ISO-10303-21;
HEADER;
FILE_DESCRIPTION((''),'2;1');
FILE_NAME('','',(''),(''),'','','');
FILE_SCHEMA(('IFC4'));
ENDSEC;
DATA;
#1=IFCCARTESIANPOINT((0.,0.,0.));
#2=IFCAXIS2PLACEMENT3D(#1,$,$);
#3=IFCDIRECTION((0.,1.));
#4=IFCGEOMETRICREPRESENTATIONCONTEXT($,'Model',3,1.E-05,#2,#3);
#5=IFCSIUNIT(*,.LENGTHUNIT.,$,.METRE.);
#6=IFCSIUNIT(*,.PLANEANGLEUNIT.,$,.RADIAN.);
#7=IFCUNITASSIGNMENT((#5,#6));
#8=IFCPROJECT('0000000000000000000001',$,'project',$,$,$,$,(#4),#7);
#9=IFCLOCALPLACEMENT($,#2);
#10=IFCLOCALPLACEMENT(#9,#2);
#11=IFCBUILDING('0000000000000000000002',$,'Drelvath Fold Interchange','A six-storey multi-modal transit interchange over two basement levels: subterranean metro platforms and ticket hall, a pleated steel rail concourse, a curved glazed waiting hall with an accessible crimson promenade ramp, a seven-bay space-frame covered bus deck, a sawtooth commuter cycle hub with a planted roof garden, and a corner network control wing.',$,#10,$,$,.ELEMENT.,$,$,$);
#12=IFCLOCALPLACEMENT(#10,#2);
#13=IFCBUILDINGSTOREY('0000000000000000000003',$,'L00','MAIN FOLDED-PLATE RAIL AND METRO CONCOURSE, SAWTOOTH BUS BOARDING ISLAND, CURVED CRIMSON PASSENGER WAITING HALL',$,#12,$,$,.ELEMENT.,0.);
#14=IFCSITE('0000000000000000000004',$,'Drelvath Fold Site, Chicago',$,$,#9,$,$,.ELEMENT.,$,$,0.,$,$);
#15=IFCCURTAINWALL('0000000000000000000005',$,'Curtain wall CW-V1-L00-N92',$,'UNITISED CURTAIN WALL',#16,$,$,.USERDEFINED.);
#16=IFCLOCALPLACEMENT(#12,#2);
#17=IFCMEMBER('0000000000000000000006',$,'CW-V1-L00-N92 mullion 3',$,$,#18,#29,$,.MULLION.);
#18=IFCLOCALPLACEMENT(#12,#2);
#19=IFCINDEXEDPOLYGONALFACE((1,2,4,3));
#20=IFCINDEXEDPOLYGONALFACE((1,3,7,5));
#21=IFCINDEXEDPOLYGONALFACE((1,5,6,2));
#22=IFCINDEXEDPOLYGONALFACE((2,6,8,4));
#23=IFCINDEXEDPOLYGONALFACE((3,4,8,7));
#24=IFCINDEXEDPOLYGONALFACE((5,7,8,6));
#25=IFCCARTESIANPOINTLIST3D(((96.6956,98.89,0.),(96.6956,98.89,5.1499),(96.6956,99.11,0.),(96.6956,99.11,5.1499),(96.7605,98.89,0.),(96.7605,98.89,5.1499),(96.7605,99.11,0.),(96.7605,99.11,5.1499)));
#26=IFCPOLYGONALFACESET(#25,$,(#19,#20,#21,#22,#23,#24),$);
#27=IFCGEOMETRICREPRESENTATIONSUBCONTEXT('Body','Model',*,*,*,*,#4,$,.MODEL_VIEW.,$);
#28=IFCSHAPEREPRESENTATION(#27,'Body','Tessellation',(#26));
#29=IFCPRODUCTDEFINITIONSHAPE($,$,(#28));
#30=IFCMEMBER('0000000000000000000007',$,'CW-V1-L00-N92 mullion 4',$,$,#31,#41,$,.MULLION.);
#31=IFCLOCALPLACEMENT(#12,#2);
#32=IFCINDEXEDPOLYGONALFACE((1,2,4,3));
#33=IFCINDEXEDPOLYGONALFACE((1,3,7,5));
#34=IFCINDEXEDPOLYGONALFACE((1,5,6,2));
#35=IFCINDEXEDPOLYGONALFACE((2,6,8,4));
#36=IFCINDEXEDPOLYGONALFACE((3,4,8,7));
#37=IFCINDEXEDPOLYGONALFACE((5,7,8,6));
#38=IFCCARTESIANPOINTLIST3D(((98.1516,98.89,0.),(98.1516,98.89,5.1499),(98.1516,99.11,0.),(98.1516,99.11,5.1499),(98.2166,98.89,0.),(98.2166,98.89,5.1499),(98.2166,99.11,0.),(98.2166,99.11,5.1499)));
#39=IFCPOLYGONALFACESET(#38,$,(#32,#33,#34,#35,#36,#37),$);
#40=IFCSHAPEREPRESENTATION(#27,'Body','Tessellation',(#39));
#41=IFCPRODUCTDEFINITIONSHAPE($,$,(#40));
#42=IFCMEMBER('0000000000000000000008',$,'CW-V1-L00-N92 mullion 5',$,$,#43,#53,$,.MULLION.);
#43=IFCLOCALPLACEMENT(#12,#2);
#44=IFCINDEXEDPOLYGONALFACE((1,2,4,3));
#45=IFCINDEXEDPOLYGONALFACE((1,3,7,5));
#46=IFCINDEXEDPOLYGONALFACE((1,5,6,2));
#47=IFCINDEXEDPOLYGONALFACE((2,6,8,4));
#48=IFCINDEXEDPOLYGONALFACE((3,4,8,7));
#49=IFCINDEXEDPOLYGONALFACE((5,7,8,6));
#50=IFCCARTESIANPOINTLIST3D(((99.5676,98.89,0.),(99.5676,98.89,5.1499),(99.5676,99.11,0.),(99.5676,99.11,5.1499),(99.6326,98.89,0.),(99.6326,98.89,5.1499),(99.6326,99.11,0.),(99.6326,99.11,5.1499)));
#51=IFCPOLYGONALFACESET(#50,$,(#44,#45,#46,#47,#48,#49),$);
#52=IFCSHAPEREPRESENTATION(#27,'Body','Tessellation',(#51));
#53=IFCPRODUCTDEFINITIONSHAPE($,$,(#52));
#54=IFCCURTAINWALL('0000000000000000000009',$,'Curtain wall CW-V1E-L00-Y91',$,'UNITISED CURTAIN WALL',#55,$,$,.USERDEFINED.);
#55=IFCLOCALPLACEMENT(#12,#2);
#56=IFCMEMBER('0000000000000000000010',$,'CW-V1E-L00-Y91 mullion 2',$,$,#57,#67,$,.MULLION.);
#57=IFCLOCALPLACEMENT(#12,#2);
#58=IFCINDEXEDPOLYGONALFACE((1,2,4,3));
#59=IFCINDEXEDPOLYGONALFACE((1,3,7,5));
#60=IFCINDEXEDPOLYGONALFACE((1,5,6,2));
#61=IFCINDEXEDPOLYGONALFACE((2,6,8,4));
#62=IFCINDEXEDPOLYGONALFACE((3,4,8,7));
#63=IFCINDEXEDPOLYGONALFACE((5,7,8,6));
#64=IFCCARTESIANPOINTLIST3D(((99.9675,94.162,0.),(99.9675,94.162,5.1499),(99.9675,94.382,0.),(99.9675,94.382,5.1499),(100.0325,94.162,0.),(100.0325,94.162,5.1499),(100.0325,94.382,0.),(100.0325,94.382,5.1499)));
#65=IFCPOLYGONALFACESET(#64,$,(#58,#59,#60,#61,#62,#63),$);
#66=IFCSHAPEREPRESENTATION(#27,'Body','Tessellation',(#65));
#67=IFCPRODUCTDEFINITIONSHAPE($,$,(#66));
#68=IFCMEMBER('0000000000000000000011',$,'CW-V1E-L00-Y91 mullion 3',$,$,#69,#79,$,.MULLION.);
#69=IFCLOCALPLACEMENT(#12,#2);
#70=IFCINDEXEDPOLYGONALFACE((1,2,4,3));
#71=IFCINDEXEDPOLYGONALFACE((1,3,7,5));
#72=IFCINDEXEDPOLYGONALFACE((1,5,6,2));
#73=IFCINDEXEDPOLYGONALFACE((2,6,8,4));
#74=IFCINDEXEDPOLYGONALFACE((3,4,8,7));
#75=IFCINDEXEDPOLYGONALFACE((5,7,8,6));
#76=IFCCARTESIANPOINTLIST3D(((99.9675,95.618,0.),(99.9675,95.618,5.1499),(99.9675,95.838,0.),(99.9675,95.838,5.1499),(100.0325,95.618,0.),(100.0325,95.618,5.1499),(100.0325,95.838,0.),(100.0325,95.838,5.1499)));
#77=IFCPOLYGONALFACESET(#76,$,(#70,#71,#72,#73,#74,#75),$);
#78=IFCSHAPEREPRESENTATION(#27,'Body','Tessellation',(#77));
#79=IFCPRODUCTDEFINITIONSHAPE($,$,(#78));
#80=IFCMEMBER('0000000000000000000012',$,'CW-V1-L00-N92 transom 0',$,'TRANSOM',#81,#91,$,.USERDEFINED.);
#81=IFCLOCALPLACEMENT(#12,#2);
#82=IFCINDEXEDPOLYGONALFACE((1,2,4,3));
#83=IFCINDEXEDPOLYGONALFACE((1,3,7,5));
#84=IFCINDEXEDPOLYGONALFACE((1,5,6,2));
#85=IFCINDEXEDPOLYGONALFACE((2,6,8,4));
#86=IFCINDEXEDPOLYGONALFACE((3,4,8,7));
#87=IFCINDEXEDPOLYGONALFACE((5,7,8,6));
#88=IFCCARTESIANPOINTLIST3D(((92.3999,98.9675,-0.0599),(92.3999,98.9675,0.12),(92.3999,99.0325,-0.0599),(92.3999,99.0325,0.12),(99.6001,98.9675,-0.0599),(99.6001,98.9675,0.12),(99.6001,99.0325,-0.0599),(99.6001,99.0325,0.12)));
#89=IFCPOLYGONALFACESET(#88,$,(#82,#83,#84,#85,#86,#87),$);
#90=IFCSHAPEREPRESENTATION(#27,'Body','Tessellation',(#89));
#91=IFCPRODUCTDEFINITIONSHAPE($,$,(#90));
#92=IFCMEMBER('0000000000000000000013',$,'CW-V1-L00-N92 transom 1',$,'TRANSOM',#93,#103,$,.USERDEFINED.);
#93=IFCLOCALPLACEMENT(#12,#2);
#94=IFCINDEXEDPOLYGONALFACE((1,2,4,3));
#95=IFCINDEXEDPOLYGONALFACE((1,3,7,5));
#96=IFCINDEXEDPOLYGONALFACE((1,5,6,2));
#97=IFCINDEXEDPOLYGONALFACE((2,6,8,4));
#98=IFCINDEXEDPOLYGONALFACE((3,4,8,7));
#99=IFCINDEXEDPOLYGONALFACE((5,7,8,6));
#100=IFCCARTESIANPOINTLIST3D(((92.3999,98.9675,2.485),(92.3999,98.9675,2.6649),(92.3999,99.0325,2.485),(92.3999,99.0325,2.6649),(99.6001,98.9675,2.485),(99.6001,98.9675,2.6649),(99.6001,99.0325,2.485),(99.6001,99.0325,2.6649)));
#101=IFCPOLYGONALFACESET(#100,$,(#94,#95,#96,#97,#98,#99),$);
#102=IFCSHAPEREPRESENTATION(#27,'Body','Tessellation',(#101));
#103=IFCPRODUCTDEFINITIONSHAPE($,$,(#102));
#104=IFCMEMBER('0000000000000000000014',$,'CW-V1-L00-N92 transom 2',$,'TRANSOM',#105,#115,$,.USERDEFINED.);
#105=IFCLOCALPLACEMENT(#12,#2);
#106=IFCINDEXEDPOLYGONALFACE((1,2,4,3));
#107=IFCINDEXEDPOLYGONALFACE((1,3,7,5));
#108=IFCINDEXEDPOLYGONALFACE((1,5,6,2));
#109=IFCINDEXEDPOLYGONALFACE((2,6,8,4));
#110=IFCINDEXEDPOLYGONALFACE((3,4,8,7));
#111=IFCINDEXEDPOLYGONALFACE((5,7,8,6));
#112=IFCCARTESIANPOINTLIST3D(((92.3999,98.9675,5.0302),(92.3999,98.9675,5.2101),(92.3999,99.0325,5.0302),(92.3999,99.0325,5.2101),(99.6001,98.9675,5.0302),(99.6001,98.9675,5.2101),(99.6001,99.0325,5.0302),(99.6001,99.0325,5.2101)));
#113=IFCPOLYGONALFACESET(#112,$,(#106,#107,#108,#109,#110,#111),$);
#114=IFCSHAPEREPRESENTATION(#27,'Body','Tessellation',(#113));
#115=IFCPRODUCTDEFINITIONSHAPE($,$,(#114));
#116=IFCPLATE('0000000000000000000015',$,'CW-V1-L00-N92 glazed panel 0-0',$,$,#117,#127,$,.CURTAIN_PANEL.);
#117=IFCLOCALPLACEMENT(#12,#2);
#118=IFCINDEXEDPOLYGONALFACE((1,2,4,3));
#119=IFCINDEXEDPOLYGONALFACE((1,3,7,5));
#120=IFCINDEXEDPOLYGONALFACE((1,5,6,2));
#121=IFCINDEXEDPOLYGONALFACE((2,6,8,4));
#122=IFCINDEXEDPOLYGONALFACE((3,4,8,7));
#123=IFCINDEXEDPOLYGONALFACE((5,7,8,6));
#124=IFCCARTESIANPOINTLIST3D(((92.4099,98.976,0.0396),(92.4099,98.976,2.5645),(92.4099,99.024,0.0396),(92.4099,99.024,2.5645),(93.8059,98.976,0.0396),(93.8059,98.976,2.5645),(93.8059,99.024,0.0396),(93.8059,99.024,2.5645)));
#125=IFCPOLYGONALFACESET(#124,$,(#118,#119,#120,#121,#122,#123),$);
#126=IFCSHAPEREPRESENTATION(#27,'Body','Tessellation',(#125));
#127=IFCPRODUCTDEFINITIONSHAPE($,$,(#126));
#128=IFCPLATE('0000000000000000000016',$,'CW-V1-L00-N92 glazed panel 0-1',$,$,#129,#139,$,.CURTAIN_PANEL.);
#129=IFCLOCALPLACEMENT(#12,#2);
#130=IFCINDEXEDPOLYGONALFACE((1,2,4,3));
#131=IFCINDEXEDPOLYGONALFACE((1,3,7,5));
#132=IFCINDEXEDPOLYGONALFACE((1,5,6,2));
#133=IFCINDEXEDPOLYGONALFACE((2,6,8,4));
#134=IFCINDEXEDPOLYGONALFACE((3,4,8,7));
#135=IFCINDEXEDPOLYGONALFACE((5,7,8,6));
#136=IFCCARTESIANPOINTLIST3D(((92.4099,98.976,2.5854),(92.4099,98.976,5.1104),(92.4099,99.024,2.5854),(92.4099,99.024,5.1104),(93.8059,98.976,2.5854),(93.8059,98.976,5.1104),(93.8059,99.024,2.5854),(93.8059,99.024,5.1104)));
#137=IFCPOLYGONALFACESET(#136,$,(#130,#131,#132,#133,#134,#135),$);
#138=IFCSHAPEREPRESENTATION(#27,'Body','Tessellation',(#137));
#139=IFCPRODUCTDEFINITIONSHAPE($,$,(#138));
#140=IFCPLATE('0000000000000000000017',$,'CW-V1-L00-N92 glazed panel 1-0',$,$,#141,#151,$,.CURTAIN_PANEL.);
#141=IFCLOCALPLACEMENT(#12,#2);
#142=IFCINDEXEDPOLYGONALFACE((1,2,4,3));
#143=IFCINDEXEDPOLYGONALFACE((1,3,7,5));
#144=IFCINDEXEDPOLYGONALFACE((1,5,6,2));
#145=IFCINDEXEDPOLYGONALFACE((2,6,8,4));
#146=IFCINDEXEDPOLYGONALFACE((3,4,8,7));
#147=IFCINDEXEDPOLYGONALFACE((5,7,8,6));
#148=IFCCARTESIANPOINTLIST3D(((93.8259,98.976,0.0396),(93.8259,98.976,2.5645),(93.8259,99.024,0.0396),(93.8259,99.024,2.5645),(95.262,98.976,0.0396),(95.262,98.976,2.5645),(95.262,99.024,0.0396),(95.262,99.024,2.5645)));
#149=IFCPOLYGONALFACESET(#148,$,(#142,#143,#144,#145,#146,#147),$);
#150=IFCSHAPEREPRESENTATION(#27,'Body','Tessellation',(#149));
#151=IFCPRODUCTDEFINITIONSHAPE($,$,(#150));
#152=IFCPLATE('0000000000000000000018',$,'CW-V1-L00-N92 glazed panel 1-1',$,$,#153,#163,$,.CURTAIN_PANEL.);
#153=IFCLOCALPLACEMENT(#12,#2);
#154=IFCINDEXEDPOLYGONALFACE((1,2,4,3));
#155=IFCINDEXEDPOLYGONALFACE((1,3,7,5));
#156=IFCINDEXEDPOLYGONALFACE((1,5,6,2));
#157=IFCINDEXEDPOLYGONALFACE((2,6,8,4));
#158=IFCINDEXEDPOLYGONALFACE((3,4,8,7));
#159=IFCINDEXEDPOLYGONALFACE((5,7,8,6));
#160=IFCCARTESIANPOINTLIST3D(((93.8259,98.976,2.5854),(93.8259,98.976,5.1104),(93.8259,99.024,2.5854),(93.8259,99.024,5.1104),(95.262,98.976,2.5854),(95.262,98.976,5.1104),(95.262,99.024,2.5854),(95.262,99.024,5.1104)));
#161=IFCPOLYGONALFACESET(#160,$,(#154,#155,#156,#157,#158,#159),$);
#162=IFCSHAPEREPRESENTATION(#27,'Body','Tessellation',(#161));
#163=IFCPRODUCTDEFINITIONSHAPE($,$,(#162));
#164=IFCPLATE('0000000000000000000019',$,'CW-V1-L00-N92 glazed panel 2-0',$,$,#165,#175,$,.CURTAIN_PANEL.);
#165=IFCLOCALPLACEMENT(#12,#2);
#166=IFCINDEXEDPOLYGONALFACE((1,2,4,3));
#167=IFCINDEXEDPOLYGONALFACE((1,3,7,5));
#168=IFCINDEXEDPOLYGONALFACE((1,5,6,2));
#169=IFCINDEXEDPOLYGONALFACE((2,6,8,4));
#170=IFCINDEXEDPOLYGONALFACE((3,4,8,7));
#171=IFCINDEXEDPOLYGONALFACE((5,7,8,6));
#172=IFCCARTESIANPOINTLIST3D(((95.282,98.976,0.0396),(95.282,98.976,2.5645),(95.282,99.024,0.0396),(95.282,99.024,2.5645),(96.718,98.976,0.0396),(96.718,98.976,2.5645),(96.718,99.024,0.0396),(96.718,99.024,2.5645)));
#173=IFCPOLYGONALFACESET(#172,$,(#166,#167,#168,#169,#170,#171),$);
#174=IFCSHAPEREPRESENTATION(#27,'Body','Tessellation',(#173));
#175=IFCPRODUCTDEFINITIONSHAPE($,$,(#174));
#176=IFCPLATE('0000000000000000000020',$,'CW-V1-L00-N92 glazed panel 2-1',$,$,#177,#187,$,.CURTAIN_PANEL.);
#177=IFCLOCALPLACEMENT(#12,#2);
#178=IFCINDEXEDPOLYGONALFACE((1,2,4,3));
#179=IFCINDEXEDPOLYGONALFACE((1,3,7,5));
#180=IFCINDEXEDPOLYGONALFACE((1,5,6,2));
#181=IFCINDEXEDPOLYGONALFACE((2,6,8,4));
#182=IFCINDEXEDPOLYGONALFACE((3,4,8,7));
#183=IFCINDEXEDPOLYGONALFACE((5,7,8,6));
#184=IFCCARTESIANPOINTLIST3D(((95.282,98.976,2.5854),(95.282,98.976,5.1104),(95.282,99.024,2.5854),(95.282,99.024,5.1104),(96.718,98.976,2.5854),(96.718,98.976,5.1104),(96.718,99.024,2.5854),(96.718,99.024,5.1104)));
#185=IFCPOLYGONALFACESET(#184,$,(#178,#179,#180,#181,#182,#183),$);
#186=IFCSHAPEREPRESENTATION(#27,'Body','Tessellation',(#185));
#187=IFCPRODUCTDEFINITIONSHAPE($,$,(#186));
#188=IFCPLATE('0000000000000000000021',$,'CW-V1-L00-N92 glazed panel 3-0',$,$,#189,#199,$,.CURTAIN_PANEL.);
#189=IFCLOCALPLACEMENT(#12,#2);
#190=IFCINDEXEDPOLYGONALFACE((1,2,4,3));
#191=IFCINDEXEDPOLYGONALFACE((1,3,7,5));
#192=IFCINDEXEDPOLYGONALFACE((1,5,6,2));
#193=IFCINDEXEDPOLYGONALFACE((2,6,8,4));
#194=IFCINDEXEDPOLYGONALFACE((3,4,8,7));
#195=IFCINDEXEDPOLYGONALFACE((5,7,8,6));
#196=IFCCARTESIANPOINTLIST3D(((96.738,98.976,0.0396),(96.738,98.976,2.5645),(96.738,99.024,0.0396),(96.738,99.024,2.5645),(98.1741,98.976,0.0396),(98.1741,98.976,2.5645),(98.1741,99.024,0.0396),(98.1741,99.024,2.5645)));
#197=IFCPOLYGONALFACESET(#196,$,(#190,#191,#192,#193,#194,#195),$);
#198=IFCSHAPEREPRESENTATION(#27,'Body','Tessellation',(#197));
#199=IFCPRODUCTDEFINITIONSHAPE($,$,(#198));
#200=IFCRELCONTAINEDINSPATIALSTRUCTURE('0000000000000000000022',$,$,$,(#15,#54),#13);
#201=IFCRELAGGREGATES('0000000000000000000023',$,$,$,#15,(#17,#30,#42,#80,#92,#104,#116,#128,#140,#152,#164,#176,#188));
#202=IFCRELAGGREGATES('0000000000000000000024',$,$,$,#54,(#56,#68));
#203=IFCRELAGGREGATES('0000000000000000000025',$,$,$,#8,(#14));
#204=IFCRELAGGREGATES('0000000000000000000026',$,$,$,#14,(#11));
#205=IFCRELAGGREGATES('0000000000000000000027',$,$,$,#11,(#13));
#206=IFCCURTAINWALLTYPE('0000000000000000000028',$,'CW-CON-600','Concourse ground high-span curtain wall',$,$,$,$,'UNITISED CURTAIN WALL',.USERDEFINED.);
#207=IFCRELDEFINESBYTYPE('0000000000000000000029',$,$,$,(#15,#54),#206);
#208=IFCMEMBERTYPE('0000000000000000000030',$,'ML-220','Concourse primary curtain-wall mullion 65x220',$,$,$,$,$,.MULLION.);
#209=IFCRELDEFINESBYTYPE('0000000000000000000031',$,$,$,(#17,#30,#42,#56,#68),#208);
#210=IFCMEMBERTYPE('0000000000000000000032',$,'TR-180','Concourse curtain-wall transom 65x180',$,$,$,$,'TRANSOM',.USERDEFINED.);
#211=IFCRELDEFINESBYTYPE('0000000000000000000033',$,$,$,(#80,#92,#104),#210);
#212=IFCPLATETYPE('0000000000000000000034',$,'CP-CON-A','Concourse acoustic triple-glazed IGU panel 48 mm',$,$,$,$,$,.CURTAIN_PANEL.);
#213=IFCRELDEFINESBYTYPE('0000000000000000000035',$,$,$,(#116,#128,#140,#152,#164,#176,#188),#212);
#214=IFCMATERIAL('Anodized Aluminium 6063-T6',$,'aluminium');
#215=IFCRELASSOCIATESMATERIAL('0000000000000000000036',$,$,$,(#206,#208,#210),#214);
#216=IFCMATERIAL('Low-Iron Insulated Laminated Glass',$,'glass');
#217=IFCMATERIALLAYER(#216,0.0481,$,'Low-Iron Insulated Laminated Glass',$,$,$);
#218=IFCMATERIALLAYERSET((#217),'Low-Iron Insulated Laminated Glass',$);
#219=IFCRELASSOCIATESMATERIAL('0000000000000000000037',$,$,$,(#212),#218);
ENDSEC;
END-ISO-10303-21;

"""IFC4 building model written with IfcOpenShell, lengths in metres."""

from ifc_helpers import new_model, si_unit, direction, frame, origin, origin_2d, place, context, subcontext, project, spatial, rectangle, extrude, material, layer, layer_set, material_profile, profile_set, type_object, element, aggregate, save


model = new_model("IFC4")

# Units and contexts
model_context = context("Model", 3, precision=1e-05, world=origin(), true_north=direction((0.0, 1.0)))
body_context = subcontext(model_context, "Body", "Model", "MODEL_VIEW")
ifc_project = project(units=[si_unit("LENGTHUNIT", "METRE"), si_unit("PLANEANGLEUNIT", "RADIAN")], contexts=[model_context])

# Site, building, storey
site_placement = place(None, origin())
site = spatial("IfcSite", under=ifc_project, at=site_placement, Name="Drelvath Fold Site, Chicago", CompositionType="ELEMENT", RefElevation=0.0)
building_placement = place(site_placement, origin())
building = spatial("IfcBuilding", under=site, at=building_placement, Name="Drelvath Fold Interchange", Description="A six-storey multi-modal transit interchange over two basement levels: subterranean metro platforms and ticket hall, a pleated steel rail concourse, a curved glazed waiting hall with an accessible crimson promenade ramp, a seven-bay space-frame covered bus deck, a sawtooth commuter cycle hub with a planted roof garden, and a corner network control wing.", CompositionType="ELEMENT")
storey_placement = place(building_placement, origin())
storey = spatial("IfcBuildingStorey", under=building, at=storey_placement, Name="L00", Description="MAIN FOLDED-PLATE RAIL AND METRO CONCOURSE, SAWTOOTH BUS BOARDING ISLAND, CURVED CRIMSON PASSENGER WAITING HALL", CompositionType="ELEMENT", Elevation=0.0)

# Curtain walls, members
ifc_material_1 = material(Name="Anodized Aluminium 6063-T6", Category="aluminium")
curtain_wall_type = type_object("IfcCurtainWallType", Name="CW-CON-600", Description="Concourse ground high-span curtain wall", ElementType="UNITISED CURTAIN WALL", PredefinedType="USERDEFINED", material=ifc_material_1)
curtain_wall_1_placement = place(storey_placement, origin())
curtain_wall_1 = element("IfcCurtainWall", 1, at=curtain_wall_1_placement, inside=storey, type_object=curtain_wall_type, Name="Curtain wall CW-V1-L00-N92", ObjectType="UNITISED CURTAIN WALL", PredefinedType="USERDEFINED")
ifc_material_profile_1 = material_profile(ifc_material_1, rectangle(XDim=0.0649, YDim=0.22, at=origin_2d()), Name="AL-M 65x220")
ifc_profile_set_1 = profile_set([ifc_material_profile_1], Name="Anodized Aluminium 6063-T6")
member_type_1 = type_object("IfcMemberType", Name="ML-220", Description="Concourse primary curtain-wall mullion 65x220", PredefinedType="MULLION", material=ifc_profile_set_1)
member_1_placement = place(storey_placement, frame((96.728, 99.0, 0.0), z_axis=(0.0, 0.0, 1.0), x_axis=(1.0, 0.0, 0.0)))
member_1 = element("IfcMember", 2, at=member_1_placement, type_object=member_type_1, Name="CW-V1-L00-N92 mullion 3", PredefinedType="MULLION", context=body_context, shape_type="SweptSolid", body=[
    extrude(rectangle(XDim=0.0649, YDim=0.22, at=origin_2d()), origin(), (0.0, 0.0, 1.0), 5.1499),
])
member_2_placement = place(storey_placement, frame((98.1841, 99.0, 0.0), z_axis=(0.0, 0.0, 1.0), x_axis=(1.0, 0.0, 0.0)))
member_2 = element("IfcMember", 3, at=member_2_placement, type_object=member_type_1, Name="CW-V1-L00-N92 mullion 4", PredefinedType="MULLION", context=body_context, shape_type="SweptSolid", body=[
    extrude(rectangle(XDim=0.0649, YDim=0.22, at=origin_2d()), origin(), (0.0, 0.0, 1.0), 5.1499),
])
member_3_placement = place(storey_placement, frame((99.6001, 99.0, 0.0), z_axis=(0.0, 0.0, 1.0), x_axis=(1.0, 0.0, 0.0)))
member_3 = element("IfcMember", 4, at=member_3_placement, type_object=member_type_1, Name="CW-V1-L00-N92 mullion 5", PredefinedType="MULLION", context=body_context, shape_type="SweptSolid", body=[
    extrude(rectangle(XDim=0.0649, YDim=0.22, at=origin_2d()), origin(), (0.0, 0.0, 1.0), 5.1499),
])
curtain_wall_2_placement = place(storey_placement, origin())
curtain_wall_2 = element("IfcCurtainWall", 5, at=curtain_wall_2_placement, inside=storey, type_object=curtain_wall_type, Name="Curtain wall CW-V1E-L00-Y91", ObjectType="UNITISED CURTAIN WALL", PredefinedType="USERDEFINED")
member_4_placement = place(storey_placement, frame((100.0, 94.272, 0.0), z_axis=(0.0, 0.0, 1.0), x_axis=(1.0, 0.0, 0.0)))
member_4 = element("IfcMember", 6, at=member_4_placement, type_object=member_type_1, Name="CW-V1E-L00-Y91 mullion 2", PredefinedType="MULLION", context=body_context, shape_type="SweptSolid", body=[
    extrude(rectangle(XDim=0.0649, YDim=0.22, at=origin_2d()), origin(), (0.0, 0.0, 1.0), 5.1499),
])
member_5_placement = place(storey_placement, frame((100.0, 95.728, 0.0), z_axis=(0.0, 0.0, 1.0), x_axis=(1.0, 0.0, 0.0)))
member_5 = element("IfcMember", 7, at=member_5_placement, type_object=member_type_1, Name="CW-V1E-L00-Y91 mullion 3", PredefinedType="MULLION", context=body_context, shape_type="SweptSolid", body=[
    extrude(rectangle(XDim=0.0649, YDim=0.22, at=origin_2d()), origin(), (0.0, 0.0, 1.0), 5.1499),
])

# Members
ifc_material_profile_2 = material_profile(ifc_material_1, rectangle(XDim=0.0649, YDim=0.1799, at=origin_2d()), Name="AL-T 65x180")
ifc_profile_set_2 = profile_set([ifc_material_profile_2], Name="Anodized Aluminium 6063-T6")
member_type_2 = type_object("IfcMemberType", Name="TR-180", Description="Concourse curtain-wall transom 65x180", ElementType="TRANSOM", PredefinedType="USERDEFINED", material=ifc_profile_set_2)
member_6_placement = place(storey_placement, frame((92.3999, 99.0, 0.03), z_axis=(1.0, 0.0, 0.0), x_axis=(0.0, 1.0, 0.0)))
member_6 = element("IfcMember", 8, at=member_6_placement, type_object=member_type_2, Name="CW-V1-L00-N92 transom 0", ObjectType="TRANSOM", PredefinedType="USERDEFINED", context=body_context, shape_type="SweptSolid", body=[
    extrude(rectangle(XDim=0.0649, YDim=0.1799, at=origin_2d()), origin(), (0.0, 0.0, 1.0), 7.2002),
])
member_7_placement = place(storey_placement, frame((92.3999, 99.0, 2.575), z_axis=(1.0, 0.0, 0.0), x_axis=(0.0, 1.0, 0.0)))
member_7 = element("IfcMember", 9, at=member_7_placement, type_object=member_type_2, Name="CW-V1-L00-N92 transom 1", ObjectType="TRANSOM", PredefinedType="USERDEFINED", context=body_context, shape_type="SweptSolid", body=[
    extrude(rectangle(XDim=0.0649, YDim=0.1799, at=origin_2d()), origin(), (0.0, 0.0, 1.0), 7.2002),
])
member_8_placement = place(storey_placement, frame((92.3999, 99.0, 5.1201), z_axis=(1.0, 0.0, 0.0), x_axis=(0.0, 1.0, 0.0)))
member_8 = element("IfcMember", 10, at=member_8_placement, type_object=member_type_2, Name="CW-V1-L00-N92 transom 2", ObjectType="TRANSOM", PredefinedType="USERDEFINED", context=body_context, shape_type="SweptSolid", body=[
    extrude(rectangle(XDim=0.0649, YDim=0.1799, at=origin_2d()), origin(), (0.0, 0.0, 1.0), 7.2002),
])

# Plates
ifc_material_2 = material(Name="Low-Iron Insulated Laminated Glass", Category="glass")
ifc_layer_1 = layer(ifc_material_2, 0.0481, Name="Low-Iron Insulated Laminated Glass")
ifc_layer_set_1 = layer_set([ifc_layer_1], Name="Low-Iron Insulated Laminated Glass")
plate_type = type_object("IfcPlateType", Name="CP-CON-A", Description="Concourse acoustic triple-glazed IGU panel 48 mm", PredefinedType="CURTAIN_PANEL", material=ifc_layer_set_1)
plate_1_placement = place(storey_placement, frame((93.1079, 99.0, 0.0396), z_axis=(0.0, 0.0, 1.0), x_axis=(1.0, 0.0, 0.0)))
plate_1 = element("IfcPlate", 11, at=plate_1_placement, type_object=plate_type, Name="CW-V1-L00-N92 glazed panel 0-0", PredefinedType="CURTAIN_PANEL", context=body_context, shape_type="SweptSolid", body=[
    extrude(rectangle(XDim=1.396, YDim=0.0481, at=origin_2d()), origin(), (0.0, 0.0, 1.0), 2.5249),
])
plate_2_placement = place(storey_placement, frame((93.1079, 99.0, 2.5854), z_axis=(0.0, 0.0, 1.0), x_axis=(1.0, 0.0, 0.0)))
plate_2 = element("IfcPlate", 12, at=plate_2_placement, type_object=plate_type, Name="CW-V1-L00-N92 glazed panel 0-1", PredefinedType="CURTAIN_PANEL", context=body_context, shape_type="SweptSolid", body=[
    extrude(rectangle(XDim=1.396, YDim=0.0481, at=origin_2d()), origin(), (0.0, 0.0, 1.0), 2.5249),
])
plate_3_placement = place(storey_placement, frame((94.5439, 99.0, 0.0396), z_axis=(0.0, 0.0, 1.0), x_axis=(1.0, 0.0, 0.0)))
plate_3 = element("IfcPlate", 13, at=plate_3_placement, type_object=plate_type, Name="CW-V1-L00-N92 glazed panel 1-0", PredefinedType="CURTAIN_PANEL", context=body_context, shape_type="SweptSolid", body=[
    extrude(rectangle(XDim=1.436, YDim=0.0481, at=origin_2d()), origin(), (0.0, 0.0, 1.0), 2.5249),
])
plate_4_placement = place(storey_placement, frame((94.5439, 99.0, 2.5854), z_axis=(0.0, 0.0, 1.0), x_axis=(1.0, 0.0, 0.0)))
plate_4 = element("IfcPlate", 14, at=plate_4_placement, type_object=plate_type, Name="CW-V1-L00-N92 glazed panel 1-1", PredefinedType="CURTAIN_PANEL", context=body_context, shape_type="SweptSolid", body=[
    extrude(rectangle(XDim=1.436, YDim=0.0481, at=origin_2d()), origin(), (0.0, 0.0, 1.0), 2.5249),
])
plate_5_placement = place(storey_placement, frame((96.0, 99.0, 0.0396), z_axis=(0.0, 0.0, 1.0), x_axis=(1.0, 0.0, 0.0)))
plate_5 = element("IfcPlate", 15, at=plate_5_placement, type_object=plate_type, Name="CW-V1-L00-N92 glazed panel 2-0", PredefinedType="CURTAIN_PANEL", context=body_context, shape_type="SweptSolid", body=[
    extrude(rectangle(XDim=1.436, YDim=0.0481, at=origin_2d()), origin(), (0.0, 0.0, 1.0), 2.5249),
])
plate_6_placement = place(storey_placement, frame((96.0, 99.0, 2.5854), z_axis=(0.0, 0.0, 1.0), x_axis=(1.0, 0.0, 0.0)))
plate_6 = element("IfcPlate", 16, at=plate_6_placement, type_object=plate_type, Name="CW-V1-L00-N92 glazed panel 2-1", PredefinedType="CURTAIN_PANEL", context=body_context, shape_type="SweptSolid", body=[
    extrude(rectangle(XDim=1.436, YDim=0.0481, at=origin_2d()), origin(), (0.0, 0.0, 1.0), 2.5249),
])
plate_7_placement = place(storey_placement, frame((97.4561, 99.0, 0.0396), z_axis=(0.0, 0.0, 1.0), x_axis=(1.0, 0.0, 0.0)))
plate_7 = element("IfcPlate", 17, at=plate_7_placement, type_object=plate_type, Name="CW-V1-L00-N92 glazed panel 3-0", PredefinedType="CURTAIN_PANEL", context=body_context, shape_type="SweptSolid", body=[
    extrude(rectangle(XDim=1.436, YDim=0.0481, at=origin_2d()), origin(), (0.0, 0.0, 1.0), 2.5249),
])
aggregate(curtain_wall_1, [member_1, member_2, member_3, member_6, member_7, member_8, plate_1, plate_2, plate_3, plate_4, plate_5, plate_6, plate_7])
aggregate(curtain_wall_2, [member_4, member_5])

save(model, "model.ifc")
